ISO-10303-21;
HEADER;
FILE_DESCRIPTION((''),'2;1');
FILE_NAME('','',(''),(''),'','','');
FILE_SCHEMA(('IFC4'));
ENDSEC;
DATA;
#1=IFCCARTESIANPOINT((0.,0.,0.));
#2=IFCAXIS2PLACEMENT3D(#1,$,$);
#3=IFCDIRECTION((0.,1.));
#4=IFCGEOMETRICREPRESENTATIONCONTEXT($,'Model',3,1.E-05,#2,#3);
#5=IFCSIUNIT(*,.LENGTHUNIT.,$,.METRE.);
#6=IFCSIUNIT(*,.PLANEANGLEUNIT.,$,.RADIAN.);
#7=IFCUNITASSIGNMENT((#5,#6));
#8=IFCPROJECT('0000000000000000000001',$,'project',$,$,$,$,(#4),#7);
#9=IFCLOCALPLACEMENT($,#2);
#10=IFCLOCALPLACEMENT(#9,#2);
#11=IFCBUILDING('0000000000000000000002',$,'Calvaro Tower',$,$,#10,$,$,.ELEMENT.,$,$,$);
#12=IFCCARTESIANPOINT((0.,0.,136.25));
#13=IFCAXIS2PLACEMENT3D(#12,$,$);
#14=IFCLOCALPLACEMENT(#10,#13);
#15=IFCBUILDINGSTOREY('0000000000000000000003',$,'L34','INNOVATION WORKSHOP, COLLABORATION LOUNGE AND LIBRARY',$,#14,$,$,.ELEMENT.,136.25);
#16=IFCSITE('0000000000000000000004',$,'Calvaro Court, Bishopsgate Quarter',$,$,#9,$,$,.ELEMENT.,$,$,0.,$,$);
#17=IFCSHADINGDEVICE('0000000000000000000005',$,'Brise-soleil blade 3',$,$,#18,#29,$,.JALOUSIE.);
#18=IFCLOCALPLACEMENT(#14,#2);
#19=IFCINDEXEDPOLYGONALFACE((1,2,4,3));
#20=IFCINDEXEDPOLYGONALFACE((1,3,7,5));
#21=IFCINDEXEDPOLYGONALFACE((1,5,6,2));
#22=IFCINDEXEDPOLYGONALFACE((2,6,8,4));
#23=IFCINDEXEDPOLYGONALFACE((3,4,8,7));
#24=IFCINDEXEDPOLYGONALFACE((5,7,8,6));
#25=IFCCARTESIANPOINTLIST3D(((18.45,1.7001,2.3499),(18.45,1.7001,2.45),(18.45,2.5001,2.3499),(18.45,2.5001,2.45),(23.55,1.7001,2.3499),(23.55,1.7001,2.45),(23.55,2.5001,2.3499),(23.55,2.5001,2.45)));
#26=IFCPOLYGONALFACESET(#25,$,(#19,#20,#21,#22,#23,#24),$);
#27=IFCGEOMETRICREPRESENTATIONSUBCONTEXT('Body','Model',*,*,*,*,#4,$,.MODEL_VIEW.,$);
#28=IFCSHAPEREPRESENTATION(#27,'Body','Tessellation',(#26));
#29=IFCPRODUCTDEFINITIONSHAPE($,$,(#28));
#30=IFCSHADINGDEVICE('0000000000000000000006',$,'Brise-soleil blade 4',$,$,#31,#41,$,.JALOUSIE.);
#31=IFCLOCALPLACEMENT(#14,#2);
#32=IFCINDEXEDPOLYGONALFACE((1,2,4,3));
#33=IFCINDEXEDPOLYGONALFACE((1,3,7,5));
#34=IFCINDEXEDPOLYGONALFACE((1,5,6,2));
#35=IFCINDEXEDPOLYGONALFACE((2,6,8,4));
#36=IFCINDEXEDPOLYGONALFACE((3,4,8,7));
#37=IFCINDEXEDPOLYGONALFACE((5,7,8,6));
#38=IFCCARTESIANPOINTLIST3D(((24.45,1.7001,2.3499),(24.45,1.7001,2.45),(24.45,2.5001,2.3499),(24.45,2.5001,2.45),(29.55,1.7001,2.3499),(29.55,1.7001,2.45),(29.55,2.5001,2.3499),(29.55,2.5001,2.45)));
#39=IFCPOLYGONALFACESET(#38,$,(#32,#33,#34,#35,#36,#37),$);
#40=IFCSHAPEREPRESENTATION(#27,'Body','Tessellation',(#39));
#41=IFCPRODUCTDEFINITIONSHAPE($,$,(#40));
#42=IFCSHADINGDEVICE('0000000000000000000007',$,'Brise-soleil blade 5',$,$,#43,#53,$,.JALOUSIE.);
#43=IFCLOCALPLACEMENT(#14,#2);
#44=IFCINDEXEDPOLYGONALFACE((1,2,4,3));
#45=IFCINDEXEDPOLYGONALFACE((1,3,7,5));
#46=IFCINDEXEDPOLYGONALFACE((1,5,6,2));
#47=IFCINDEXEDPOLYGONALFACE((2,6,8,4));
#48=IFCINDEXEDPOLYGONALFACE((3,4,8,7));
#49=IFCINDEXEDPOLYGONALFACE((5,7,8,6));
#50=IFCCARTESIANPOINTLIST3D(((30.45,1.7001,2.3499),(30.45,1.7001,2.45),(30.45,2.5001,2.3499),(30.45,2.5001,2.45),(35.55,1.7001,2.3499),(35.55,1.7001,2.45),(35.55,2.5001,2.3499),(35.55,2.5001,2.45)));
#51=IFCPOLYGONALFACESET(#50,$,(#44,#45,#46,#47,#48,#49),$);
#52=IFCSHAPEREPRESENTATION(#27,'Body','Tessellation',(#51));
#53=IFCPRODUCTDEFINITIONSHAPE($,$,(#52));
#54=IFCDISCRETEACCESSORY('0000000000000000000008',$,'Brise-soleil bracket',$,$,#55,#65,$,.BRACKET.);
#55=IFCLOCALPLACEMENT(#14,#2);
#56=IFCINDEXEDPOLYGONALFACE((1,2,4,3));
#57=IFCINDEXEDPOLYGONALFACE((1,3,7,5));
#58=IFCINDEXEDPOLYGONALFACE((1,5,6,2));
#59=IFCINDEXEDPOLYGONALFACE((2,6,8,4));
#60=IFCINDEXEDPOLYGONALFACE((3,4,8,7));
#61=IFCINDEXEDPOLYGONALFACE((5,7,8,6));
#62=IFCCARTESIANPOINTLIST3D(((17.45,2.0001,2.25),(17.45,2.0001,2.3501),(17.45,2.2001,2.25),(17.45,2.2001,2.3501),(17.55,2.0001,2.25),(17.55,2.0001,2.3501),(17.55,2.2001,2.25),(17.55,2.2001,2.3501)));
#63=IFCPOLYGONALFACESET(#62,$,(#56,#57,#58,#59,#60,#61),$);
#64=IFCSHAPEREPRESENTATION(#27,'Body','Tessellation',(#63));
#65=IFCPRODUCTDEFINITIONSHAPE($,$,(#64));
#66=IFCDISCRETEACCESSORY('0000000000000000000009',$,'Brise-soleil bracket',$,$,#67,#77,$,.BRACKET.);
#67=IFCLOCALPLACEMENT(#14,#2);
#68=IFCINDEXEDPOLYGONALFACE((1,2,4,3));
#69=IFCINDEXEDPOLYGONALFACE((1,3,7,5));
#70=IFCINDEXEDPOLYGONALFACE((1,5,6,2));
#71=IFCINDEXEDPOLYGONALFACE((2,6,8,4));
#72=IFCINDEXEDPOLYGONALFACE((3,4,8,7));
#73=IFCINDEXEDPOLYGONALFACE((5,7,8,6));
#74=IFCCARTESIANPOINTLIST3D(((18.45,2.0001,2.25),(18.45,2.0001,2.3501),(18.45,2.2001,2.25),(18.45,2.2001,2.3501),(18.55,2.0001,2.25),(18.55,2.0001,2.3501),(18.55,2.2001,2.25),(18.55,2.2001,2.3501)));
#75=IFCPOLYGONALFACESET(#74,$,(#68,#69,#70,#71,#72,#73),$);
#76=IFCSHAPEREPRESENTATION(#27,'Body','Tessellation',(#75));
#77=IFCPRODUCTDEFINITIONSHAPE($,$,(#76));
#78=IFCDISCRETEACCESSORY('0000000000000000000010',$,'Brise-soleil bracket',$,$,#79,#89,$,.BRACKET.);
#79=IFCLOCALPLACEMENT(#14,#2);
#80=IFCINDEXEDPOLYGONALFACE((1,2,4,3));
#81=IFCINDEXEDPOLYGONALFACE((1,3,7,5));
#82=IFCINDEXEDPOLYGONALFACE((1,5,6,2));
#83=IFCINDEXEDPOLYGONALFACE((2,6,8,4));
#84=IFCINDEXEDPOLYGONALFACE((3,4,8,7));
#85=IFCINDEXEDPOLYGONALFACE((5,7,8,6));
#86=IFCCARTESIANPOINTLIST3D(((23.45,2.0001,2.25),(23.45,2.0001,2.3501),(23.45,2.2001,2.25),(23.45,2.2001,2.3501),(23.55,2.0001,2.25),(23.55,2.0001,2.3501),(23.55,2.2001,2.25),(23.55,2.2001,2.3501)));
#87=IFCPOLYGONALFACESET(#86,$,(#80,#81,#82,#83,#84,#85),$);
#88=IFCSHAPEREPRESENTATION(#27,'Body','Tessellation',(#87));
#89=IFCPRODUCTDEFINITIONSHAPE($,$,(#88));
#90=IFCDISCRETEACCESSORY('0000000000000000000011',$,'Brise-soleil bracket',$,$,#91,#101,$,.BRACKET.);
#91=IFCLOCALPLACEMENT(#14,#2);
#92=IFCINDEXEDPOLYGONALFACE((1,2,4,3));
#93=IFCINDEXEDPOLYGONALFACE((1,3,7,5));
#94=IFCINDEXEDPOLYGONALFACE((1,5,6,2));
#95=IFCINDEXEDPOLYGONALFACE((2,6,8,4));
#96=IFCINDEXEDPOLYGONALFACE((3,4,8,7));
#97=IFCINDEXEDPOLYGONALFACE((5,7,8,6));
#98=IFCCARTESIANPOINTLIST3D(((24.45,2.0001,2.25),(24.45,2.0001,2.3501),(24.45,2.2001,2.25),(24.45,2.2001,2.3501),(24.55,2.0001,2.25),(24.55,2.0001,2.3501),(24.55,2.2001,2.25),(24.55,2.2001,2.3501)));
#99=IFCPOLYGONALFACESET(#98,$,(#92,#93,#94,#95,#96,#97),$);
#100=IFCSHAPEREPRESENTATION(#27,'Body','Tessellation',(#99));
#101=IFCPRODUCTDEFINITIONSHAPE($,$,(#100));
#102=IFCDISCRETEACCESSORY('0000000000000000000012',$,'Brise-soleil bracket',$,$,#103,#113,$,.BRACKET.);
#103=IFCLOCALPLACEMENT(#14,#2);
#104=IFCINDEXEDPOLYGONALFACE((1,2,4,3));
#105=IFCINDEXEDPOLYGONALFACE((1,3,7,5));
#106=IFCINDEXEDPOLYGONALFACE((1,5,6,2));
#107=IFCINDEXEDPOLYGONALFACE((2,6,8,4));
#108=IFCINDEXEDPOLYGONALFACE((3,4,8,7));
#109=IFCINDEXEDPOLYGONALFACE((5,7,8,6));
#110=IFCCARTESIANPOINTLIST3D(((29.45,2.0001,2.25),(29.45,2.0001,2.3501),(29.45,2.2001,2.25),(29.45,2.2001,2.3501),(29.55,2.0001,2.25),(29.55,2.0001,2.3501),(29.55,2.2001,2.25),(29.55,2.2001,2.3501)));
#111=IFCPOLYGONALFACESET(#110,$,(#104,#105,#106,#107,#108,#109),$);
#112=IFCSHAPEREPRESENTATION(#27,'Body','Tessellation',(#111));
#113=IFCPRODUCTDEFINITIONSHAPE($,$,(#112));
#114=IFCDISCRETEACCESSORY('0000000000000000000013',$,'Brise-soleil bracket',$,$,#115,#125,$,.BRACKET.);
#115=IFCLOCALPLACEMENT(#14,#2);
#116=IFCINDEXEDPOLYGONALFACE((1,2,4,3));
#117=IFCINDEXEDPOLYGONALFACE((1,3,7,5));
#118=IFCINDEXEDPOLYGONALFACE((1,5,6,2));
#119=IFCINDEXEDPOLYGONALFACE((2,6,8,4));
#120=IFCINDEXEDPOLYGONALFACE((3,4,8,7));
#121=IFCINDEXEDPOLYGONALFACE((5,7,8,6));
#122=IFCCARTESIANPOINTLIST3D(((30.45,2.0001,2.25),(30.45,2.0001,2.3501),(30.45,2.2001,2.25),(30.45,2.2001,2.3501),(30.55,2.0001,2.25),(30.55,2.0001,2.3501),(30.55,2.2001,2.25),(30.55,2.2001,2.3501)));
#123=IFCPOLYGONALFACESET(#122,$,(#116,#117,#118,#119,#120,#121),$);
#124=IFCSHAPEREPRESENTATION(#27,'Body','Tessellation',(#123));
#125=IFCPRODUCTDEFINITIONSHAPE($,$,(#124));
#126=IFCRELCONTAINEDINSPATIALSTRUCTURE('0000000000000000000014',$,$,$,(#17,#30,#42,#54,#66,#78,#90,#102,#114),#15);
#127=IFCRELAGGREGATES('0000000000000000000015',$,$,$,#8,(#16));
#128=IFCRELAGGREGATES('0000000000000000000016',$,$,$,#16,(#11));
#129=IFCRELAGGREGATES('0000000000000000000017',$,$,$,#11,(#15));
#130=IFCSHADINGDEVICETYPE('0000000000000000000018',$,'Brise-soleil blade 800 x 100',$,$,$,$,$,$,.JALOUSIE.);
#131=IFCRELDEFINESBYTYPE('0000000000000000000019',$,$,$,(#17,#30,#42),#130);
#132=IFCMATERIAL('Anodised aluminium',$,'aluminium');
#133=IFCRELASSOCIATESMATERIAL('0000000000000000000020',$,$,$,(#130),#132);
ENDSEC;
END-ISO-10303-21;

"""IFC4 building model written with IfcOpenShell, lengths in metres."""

from ifc_helpers import new_model, si_unit, direction, frame, origin, origin_2d, place, context, subcontext, project, spatial, rectangle, extrude, material, material_profile, profile_set, type_object, element, save


model = new_model("IFC4")

# Units and contexts
model_context = context("Model", 3, precision=1e-05, world=origin(), true_north=direction((0.0, 1.0)))
body_context = subcontext(model_context, "Body", "Model", "MODEL_VIEW")
ifc_project = project(units=[si_unit("LENGTHUNIT", "METRE"), si_unit("PLANEANGLEUNIT", "RADIAN")], contexts=[model_context])

# Site, building, storey
site_placement = place(None, origin())
site = spatial("IfcSite", under=ifc_project, at=site_placement, Name="Calvaro Court, Bishopsgate Quarter", CompositionType="ELEMENT", RefElevation=0.0)
building_placement = place(site_placement, origin())
building = spatial("IfcBuilding", under=site, at=building_placement, Name="Calvaro Tower", CompositionType="ELEMENT")
storey_placement = place(building_placement, frame((0.0, 0.0, 136.25)))
storey = spatial("IfcBuildingStorey", under=building, at=storey_placement, Name="L34", Description="INNOVATION WORKSHOP, COLLABORATION LOUNGE AND LIBRARY", CompositionType="ELEMENT", Elevation=136.25)

# Shading devices
ifc_material_1 = material(Name="Anodised aluminium", Category="aluminium")
ifc_material_profile_1 = material_profile(ifc_material_1, rectangle(XDim=0.8, YDim=0.1001, at=origin_2d()), Name="Brise-soleil blade 800 x 100")
ifc_profile_set_1 = profile_set([ifc_material_profile_1], Name="Anodised aluminium")
shading_device_type = type_object("IfcShadingDeviceType", Name="Brise-soleil blade 800 x 100", PredefinedType="JALOUSIE", material=ifc_profile_set_1)
for number, where, z_axis, x_axis, name in (
    (1, (18.45, 2.1001, 2.3999), (1.0, 0.0, 0.0), (0.0, 1.0, 0.0), "Brise-soleil blade 3"),
    (2, (24.45, 2.1001, 2.3999), (1.0, 0.0, 0.0), (0.0, 1.0, 0.0), "Brise-soleil blade 4"),
    (3, (30.45, 2.1001, 2.3999), (1.0, 0.0, 0.0), (0.0, 1.0, 0.0), "Brise-soleil blade 5"),
):
    element("IfcShadingDevice", number, at=place(storey_placement, frame(where, z_axis=z_axis, x_axis=x_axis)), inside=storey, type_object=shading_device_type, Name=name, PredefinedType="JALOUSIE", context=body_context, shape_type="SweptSolid", body=[
        extrude(rectangle(XDim=0.8, YDim=0.1001, at=origin_2d()), origin(), (0.0, 0.0, 1.0), 5.1001),
    ])

# Discrete accessories
for number, where, z_axis, x_axis, name in (
    (4, (17.5, 2.1001, 2.25), (0.0, 0.0, 1.0), (1.0, 0.0, 0.0), "Brise-soleil bracket"),
    (5, (18.5, 2.1001, 2.25), (0.0, 0.0, 1.0), (1.0, 0.0, 0.0), "Brise-soleil bracket"),
    (6, (23.5, 2.1001, 2.25), (0.0, 0.0, 1.0), (1.0, 0.0, 0.0), "Brise-soleil bracket"),
    (7, (24.5, 2.1001, 2.25), (0.0, 0.0, 1.0), (1.0, 0.0, 0.0), "Brise-soleil bracket"),
    (8, (29.5, 2.1001, 2.25), (0.0, 0.0, 1.0), (1.0, 0.0, 0.0), "Brise-soleil bracket"),
    (9, (30.5, 2.1001, 2.25), (0.0, 0.0, 1.0), (1.0, 0.0, 0.0), "Brise-soleil bracket"),
):
    element("IfcDiscreteAccessory", number, at=place(storey_placement, frame(where, z_axis=z_axis, x_axis=x_axis)), inside=storey, Name=name, PredefinedType="BRACKET", context=body_context, shape_type="SweptSolid", body=[
        extrude(rectangle(XDim=0.1001, YDim=0.2, at=origin_2d()), origin(), (0.0, 0.0, 1.0), 0.1001),
    ])

save(model, "model.ifc")
